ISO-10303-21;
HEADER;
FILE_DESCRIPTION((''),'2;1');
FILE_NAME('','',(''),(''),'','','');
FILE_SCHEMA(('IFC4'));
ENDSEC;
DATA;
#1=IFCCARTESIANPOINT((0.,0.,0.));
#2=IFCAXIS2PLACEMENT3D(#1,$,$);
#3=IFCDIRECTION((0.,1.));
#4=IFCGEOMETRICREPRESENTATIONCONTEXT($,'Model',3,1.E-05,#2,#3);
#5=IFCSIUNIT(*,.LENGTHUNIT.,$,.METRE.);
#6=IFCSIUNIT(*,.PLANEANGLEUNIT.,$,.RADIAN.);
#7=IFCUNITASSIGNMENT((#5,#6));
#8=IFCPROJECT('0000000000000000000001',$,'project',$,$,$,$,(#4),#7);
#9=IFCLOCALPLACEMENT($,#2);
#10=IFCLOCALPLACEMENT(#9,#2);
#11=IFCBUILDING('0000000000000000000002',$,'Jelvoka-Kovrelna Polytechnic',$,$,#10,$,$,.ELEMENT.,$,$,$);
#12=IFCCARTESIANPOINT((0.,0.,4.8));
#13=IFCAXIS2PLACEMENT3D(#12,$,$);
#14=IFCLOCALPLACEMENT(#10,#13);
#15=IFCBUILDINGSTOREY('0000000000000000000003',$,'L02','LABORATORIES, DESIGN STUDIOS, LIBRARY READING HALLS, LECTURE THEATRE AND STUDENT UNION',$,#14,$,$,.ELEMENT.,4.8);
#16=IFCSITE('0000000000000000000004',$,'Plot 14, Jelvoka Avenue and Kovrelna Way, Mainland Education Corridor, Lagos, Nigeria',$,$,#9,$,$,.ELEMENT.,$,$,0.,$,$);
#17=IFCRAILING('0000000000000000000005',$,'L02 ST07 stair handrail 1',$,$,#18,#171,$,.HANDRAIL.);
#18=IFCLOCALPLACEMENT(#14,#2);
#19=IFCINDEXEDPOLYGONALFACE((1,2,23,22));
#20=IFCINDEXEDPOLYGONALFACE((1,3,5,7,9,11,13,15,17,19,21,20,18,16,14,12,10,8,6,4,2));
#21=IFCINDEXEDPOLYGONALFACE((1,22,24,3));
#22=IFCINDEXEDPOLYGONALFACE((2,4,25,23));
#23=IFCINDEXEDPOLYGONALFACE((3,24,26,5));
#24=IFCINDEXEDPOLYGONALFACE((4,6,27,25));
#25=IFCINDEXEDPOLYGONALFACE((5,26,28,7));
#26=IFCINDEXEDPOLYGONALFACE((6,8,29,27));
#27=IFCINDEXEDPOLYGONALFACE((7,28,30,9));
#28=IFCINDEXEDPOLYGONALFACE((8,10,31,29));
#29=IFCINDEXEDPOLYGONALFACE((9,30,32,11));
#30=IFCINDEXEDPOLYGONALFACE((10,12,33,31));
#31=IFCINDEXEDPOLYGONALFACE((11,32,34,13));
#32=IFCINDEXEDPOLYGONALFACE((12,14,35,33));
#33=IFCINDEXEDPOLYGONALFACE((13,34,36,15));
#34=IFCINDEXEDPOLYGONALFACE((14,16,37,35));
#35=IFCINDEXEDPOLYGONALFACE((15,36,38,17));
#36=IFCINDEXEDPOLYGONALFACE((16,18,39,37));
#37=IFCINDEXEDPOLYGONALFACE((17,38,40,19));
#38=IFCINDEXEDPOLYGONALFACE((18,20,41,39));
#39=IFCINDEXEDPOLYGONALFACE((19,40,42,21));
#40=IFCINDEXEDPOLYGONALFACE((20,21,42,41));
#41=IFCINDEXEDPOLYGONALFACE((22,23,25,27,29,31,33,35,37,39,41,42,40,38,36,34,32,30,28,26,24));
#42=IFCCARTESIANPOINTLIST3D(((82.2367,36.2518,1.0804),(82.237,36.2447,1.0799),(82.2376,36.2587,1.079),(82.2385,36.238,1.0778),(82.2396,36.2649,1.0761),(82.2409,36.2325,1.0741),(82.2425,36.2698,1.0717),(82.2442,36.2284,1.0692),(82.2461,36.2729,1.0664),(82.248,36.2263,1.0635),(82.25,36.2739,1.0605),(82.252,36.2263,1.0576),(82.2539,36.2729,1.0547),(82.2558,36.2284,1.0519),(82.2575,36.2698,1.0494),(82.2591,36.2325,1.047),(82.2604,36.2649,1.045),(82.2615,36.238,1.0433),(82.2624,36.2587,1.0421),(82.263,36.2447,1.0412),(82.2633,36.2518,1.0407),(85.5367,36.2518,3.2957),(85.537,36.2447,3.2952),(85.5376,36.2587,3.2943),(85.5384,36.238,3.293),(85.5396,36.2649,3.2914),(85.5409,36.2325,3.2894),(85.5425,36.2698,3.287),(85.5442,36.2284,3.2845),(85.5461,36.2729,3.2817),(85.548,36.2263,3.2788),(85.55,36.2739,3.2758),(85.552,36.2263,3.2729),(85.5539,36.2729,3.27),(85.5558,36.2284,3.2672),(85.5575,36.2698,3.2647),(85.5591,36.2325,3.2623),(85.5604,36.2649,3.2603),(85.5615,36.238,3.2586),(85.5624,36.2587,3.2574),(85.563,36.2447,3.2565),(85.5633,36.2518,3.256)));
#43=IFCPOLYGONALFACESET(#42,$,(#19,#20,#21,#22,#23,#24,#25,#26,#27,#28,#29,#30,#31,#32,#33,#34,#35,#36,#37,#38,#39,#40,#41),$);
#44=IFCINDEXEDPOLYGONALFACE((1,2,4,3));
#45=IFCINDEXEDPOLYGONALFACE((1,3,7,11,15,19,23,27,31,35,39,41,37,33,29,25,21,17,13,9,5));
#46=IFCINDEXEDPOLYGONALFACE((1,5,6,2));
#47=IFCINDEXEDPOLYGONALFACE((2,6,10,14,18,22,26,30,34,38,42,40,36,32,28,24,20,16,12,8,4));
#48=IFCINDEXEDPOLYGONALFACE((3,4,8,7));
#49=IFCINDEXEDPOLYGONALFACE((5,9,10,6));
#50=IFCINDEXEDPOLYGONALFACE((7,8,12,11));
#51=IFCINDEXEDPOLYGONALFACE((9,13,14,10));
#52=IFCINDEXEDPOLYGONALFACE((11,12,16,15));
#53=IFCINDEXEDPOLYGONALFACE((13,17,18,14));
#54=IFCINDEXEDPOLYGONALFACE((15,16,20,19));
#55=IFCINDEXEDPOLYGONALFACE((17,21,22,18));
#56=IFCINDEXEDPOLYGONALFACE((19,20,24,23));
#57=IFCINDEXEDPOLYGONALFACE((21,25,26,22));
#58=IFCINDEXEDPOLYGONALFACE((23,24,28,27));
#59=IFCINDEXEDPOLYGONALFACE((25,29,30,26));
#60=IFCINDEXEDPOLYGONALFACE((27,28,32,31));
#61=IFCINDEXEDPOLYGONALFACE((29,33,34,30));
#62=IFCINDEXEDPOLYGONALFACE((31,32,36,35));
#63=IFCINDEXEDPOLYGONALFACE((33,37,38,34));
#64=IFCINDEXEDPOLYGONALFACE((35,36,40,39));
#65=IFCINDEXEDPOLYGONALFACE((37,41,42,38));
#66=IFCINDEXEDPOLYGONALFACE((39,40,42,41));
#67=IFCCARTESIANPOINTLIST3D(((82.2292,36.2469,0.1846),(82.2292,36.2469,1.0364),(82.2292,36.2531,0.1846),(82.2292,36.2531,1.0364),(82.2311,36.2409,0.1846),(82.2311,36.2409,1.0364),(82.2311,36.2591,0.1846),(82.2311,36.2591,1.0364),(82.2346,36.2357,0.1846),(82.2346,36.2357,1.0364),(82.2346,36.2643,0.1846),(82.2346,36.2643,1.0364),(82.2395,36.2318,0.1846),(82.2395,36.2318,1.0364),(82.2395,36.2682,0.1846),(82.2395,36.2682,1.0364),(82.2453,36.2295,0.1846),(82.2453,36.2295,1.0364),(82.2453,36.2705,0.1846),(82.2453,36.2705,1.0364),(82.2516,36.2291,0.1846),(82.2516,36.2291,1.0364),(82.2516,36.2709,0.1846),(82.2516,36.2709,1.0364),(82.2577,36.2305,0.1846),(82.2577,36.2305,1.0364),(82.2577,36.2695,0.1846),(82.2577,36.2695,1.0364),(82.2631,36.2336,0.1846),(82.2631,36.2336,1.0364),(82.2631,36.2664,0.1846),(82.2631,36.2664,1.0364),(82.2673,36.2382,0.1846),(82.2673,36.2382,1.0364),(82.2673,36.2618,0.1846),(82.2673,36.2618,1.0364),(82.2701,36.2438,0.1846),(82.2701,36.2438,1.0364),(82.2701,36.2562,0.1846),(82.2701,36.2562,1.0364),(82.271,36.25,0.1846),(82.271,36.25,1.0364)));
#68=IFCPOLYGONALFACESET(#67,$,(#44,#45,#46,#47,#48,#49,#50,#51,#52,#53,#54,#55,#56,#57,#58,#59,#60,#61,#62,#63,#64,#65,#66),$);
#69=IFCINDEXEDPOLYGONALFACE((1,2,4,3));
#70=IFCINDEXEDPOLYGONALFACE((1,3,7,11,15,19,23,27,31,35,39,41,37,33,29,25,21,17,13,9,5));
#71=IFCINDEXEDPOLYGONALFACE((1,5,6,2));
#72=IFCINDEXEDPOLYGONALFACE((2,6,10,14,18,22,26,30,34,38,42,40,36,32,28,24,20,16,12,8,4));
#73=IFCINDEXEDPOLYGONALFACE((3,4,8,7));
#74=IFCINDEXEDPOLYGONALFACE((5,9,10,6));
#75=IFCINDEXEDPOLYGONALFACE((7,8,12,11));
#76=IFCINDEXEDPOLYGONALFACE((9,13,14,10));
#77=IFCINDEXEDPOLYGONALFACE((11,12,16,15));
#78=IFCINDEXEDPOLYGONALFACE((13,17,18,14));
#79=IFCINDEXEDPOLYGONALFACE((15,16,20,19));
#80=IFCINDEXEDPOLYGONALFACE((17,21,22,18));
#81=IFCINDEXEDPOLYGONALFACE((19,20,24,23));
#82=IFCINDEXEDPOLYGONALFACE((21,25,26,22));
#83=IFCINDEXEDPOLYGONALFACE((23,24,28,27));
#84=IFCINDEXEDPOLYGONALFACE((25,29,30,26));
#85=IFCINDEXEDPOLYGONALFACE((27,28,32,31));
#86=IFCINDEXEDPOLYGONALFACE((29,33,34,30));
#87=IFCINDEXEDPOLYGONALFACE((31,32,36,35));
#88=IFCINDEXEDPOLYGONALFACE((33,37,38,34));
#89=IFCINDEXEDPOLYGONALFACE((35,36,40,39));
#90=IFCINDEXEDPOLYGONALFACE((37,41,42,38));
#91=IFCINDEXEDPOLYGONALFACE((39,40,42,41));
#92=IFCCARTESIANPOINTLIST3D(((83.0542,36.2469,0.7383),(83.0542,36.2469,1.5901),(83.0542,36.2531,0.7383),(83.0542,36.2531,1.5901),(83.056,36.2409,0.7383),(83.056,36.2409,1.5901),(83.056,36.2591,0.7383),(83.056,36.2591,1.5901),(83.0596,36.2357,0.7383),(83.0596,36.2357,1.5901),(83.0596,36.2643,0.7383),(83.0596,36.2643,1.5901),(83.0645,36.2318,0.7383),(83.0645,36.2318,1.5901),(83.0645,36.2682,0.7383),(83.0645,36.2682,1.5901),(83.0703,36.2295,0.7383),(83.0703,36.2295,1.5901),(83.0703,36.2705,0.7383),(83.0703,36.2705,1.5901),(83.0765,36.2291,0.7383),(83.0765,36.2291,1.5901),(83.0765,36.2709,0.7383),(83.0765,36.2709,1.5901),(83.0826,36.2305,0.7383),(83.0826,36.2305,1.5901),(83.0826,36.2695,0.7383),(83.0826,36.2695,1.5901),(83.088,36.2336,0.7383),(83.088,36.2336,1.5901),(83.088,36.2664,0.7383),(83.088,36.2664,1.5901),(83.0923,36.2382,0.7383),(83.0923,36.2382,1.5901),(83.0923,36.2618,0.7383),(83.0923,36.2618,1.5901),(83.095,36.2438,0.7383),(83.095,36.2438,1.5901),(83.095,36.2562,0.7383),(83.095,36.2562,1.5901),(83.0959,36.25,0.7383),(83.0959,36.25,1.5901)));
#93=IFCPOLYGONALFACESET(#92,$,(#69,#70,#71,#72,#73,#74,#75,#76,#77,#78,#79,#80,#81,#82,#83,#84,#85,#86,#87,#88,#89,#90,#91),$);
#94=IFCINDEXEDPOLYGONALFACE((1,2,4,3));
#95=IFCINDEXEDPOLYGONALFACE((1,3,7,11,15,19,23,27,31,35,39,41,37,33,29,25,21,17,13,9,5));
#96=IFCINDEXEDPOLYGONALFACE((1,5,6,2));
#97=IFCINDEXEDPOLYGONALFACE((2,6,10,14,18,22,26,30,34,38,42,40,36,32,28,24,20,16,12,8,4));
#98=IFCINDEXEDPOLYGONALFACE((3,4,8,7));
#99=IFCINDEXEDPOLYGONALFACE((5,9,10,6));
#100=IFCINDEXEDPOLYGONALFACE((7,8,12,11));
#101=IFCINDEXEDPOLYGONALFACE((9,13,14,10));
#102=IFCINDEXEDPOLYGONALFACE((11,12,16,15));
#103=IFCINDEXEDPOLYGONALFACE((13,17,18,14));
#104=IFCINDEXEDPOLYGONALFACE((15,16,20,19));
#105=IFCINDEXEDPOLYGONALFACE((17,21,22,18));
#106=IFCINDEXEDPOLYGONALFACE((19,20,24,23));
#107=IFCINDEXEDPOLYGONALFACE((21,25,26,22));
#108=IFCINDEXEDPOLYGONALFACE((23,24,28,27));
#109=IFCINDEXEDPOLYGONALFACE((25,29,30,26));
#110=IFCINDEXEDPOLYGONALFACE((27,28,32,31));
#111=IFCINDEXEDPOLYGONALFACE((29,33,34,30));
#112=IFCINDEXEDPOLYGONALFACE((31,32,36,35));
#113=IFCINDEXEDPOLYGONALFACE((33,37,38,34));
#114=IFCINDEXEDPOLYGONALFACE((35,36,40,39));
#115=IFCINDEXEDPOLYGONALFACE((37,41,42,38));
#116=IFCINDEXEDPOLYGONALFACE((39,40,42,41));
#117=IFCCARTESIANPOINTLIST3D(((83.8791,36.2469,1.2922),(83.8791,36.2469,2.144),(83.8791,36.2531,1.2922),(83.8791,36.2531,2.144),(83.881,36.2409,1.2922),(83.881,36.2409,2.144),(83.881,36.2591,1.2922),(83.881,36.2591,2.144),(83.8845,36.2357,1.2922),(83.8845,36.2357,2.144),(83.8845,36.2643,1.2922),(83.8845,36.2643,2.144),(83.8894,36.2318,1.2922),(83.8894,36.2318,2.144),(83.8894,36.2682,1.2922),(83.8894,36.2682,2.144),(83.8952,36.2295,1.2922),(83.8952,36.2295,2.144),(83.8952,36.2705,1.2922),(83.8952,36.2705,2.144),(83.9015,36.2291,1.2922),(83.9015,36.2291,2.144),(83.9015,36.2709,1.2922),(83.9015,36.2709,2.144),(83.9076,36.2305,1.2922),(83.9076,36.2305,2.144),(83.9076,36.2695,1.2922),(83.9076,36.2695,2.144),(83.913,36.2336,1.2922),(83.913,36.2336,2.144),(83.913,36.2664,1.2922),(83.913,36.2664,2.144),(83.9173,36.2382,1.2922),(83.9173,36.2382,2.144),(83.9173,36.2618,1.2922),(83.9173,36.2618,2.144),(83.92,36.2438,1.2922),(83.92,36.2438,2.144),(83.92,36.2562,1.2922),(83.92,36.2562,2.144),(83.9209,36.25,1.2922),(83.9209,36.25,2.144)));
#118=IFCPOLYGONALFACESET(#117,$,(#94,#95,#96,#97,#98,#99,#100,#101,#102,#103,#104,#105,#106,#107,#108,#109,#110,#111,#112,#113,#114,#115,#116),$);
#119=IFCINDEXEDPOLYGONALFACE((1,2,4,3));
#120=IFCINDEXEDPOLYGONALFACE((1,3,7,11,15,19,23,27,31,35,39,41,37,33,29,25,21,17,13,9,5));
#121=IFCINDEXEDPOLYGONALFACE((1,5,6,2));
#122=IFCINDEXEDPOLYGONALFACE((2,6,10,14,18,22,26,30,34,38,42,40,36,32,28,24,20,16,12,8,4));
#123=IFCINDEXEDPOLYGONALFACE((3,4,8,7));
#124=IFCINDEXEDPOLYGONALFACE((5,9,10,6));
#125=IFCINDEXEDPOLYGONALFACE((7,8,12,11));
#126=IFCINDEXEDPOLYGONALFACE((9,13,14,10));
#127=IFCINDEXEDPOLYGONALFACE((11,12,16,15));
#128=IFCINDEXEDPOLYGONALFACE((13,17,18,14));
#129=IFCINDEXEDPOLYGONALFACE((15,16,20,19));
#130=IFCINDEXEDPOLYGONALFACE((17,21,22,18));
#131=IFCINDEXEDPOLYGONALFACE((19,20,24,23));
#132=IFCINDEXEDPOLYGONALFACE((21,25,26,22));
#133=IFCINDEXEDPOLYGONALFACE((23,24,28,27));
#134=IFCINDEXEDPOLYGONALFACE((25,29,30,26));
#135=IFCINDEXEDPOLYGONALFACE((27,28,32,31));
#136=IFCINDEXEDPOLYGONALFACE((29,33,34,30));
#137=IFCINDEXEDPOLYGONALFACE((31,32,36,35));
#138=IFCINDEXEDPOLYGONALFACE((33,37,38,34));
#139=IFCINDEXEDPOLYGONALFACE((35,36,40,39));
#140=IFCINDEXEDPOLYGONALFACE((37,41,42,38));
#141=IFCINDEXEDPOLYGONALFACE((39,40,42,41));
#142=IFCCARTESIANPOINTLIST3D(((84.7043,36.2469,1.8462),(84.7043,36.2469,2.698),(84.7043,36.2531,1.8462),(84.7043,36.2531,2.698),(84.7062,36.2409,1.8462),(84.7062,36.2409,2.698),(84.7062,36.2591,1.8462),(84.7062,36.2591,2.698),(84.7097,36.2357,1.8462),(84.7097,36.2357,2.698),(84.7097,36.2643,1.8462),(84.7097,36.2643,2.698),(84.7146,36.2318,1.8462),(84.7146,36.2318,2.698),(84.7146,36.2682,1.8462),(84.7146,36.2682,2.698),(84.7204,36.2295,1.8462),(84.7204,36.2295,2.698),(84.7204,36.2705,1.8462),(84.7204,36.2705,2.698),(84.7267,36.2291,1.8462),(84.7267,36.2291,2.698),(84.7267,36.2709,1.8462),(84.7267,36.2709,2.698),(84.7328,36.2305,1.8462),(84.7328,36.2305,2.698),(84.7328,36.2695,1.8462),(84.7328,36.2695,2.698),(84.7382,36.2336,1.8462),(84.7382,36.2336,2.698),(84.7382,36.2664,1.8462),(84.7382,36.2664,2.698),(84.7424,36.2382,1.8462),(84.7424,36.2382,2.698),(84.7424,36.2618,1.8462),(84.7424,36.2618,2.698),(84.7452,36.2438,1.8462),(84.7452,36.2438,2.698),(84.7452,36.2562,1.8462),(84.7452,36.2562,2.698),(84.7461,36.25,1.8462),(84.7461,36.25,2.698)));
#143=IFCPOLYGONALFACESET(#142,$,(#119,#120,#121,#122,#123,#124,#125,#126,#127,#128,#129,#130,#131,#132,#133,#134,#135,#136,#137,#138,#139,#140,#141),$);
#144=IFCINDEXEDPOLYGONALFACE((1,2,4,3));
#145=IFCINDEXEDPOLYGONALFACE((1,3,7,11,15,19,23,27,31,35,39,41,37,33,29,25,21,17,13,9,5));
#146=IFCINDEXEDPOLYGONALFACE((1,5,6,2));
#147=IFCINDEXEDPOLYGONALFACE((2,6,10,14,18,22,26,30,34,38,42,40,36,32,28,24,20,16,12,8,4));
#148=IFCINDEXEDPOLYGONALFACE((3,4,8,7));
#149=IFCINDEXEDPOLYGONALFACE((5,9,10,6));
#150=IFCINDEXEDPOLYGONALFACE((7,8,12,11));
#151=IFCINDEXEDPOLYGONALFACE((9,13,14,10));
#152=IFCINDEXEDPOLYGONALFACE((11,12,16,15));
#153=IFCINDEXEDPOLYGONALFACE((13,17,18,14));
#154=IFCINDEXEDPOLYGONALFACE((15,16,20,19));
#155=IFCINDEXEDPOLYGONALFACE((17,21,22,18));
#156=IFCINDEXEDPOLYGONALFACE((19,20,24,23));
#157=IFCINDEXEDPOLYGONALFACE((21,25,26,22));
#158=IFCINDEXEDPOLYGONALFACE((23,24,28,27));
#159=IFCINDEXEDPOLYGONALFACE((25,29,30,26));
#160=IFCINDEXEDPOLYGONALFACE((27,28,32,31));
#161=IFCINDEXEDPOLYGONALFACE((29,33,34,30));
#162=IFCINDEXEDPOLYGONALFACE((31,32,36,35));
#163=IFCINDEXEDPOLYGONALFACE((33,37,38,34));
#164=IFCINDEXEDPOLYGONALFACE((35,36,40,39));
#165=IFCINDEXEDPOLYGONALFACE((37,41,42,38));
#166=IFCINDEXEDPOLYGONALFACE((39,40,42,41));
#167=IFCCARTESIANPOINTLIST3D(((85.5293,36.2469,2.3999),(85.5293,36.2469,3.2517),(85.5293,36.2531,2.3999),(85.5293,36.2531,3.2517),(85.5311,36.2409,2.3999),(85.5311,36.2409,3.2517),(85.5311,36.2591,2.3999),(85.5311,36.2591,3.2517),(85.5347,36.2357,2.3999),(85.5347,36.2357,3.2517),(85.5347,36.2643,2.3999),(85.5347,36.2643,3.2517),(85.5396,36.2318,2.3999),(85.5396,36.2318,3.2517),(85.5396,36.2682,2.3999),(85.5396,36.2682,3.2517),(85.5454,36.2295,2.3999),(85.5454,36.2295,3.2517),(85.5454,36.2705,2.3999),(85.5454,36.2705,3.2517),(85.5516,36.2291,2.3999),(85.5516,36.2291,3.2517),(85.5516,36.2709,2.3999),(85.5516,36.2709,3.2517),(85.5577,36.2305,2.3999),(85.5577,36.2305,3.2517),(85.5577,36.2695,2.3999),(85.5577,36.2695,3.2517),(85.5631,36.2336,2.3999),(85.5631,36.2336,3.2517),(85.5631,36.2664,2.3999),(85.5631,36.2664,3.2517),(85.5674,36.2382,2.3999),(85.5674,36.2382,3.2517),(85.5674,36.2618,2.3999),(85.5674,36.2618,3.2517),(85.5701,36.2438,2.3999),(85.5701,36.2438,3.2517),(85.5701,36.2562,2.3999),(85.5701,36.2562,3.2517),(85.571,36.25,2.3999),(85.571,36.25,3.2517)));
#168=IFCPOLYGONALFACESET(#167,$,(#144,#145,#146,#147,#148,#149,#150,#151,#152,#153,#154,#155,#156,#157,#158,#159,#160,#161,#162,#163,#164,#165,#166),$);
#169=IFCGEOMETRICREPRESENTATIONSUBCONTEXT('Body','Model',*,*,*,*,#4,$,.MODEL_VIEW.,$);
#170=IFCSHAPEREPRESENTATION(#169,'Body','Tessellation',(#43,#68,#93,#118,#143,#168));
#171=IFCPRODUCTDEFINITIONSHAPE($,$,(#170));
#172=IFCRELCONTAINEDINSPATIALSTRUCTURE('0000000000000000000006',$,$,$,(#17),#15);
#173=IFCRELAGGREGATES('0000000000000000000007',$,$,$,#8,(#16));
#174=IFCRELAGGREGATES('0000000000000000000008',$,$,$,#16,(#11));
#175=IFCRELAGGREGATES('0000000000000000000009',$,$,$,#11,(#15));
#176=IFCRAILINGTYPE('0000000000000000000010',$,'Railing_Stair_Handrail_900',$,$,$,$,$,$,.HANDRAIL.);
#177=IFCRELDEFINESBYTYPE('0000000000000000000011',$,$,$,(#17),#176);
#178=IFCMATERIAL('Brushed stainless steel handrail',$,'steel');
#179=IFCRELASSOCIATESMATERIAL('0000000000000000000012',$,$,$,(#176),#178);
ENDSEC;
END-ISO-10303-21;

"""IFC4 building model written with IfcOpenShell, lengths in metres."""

from ifc_helpers import new_model, si_unit, direction, frame, origin, origin_2d, place, context, subcontext, project, spatial, circle, extrude, material, type_object, element, save


model = new_model("IFC4")

# Units and contexts
model_context = context("Model", 3, precision=1e-05, world=origin(), true_north=direction((0.0, 1.0)))
body_context = subcontext(model_context, "Body", "Model", "MODEL_VIEW")
ifc_project = project(units=[si_unit("LENGTHUNIT", "METRE"), si_unit("PLANEANGLEUNIT", "RADIAN")], contexts=[model_context])

# Site, building, storey
site_placement = place(None, origin())
site = spatial("IfcSite", under=ifc_project, at=site_placement, Name="Plot 14, Jelvoka Avenue and Kovrelna Way, Mainland Education Corridor, Lagos, Nigeria", CompositionType="ELEMENT", RefElevation=0.0)
building_placement = place(site_placement, origin())
building = spatial("IfcBuilding", under=site, at=building_placement, Name="Jelvoka-Kovrelna Polytechnic", CompositionType="ELEMENT")
storey_placement = place(building_placement, frame((0.0, 0.0, 4.8)))
storey = spatial("IfcBuildingStorey", under=building, at=storey_placement, Name="L02", Description="LABORATORIES, DESIGN STUDIOS, LIBRARY READING HALLS, LECTURE THEATRE AND STUDENT UNION", CompositionType="ELEMENT", Elevation=4.8)

# Railing
ifc_material_1 = material(Name="Brushed stainless steel handrail", Category="steel")
railing_type = type_object("IfcRailingType", Name="Railing_Stair_Handrail_900", PredefinedType="HANDRAIL", material=ifc_material_1)
railing_placement = place(storey_placement, frame((82.25, 36.25, 0.1846)))
element("IfcRailing", 1, at=railing_placement, inside=storey, type_object=railing_type, Name="L02 ST07 stair handrail 1", PredefinedType="HANDRAIL", context=body_context, shape_type="SweptSolid", body=[
    extrude(circle(Radius=0.0239, at=origin_2d()), frame((0.0, 0.0, 0.876), z_axis=(0.830269, 0.0, 0.557362), x_axis=(0.0, 1.0, 0.0)), (0.0, 0.0, 1.0), 3.9746),
    extrude(circle(Radius=0.021, at=origin_2d()), origin(), (0.0, 0.0, 1.0), 0.8518),
    extrude(circle(Radius=0.021, at=origin_2d()), frame((0.825, 0.0, 0.5537)), (0.0, 0.0, 1.0), 0.8518),
    extrude(circle(Radius=0.021, at=origin_2d()), frame((1.6499, 0.0, 1.1077)), (0.0, 0.0, 1.0), 0.8518),
    extrude(circle(Radius=0.021, at=origin_2d()), frame((2.4751, 0.0, 1.6616)), (0.0, 0.0, 1.0), 0.8518),
    extrude(circle(Radius=0.021, at=origin_2d()), frame((3.3, 0.0, 2.2153)), (0.0, 0.0, 1.0), 0.8518),
])

save(model, "model.ifc")
